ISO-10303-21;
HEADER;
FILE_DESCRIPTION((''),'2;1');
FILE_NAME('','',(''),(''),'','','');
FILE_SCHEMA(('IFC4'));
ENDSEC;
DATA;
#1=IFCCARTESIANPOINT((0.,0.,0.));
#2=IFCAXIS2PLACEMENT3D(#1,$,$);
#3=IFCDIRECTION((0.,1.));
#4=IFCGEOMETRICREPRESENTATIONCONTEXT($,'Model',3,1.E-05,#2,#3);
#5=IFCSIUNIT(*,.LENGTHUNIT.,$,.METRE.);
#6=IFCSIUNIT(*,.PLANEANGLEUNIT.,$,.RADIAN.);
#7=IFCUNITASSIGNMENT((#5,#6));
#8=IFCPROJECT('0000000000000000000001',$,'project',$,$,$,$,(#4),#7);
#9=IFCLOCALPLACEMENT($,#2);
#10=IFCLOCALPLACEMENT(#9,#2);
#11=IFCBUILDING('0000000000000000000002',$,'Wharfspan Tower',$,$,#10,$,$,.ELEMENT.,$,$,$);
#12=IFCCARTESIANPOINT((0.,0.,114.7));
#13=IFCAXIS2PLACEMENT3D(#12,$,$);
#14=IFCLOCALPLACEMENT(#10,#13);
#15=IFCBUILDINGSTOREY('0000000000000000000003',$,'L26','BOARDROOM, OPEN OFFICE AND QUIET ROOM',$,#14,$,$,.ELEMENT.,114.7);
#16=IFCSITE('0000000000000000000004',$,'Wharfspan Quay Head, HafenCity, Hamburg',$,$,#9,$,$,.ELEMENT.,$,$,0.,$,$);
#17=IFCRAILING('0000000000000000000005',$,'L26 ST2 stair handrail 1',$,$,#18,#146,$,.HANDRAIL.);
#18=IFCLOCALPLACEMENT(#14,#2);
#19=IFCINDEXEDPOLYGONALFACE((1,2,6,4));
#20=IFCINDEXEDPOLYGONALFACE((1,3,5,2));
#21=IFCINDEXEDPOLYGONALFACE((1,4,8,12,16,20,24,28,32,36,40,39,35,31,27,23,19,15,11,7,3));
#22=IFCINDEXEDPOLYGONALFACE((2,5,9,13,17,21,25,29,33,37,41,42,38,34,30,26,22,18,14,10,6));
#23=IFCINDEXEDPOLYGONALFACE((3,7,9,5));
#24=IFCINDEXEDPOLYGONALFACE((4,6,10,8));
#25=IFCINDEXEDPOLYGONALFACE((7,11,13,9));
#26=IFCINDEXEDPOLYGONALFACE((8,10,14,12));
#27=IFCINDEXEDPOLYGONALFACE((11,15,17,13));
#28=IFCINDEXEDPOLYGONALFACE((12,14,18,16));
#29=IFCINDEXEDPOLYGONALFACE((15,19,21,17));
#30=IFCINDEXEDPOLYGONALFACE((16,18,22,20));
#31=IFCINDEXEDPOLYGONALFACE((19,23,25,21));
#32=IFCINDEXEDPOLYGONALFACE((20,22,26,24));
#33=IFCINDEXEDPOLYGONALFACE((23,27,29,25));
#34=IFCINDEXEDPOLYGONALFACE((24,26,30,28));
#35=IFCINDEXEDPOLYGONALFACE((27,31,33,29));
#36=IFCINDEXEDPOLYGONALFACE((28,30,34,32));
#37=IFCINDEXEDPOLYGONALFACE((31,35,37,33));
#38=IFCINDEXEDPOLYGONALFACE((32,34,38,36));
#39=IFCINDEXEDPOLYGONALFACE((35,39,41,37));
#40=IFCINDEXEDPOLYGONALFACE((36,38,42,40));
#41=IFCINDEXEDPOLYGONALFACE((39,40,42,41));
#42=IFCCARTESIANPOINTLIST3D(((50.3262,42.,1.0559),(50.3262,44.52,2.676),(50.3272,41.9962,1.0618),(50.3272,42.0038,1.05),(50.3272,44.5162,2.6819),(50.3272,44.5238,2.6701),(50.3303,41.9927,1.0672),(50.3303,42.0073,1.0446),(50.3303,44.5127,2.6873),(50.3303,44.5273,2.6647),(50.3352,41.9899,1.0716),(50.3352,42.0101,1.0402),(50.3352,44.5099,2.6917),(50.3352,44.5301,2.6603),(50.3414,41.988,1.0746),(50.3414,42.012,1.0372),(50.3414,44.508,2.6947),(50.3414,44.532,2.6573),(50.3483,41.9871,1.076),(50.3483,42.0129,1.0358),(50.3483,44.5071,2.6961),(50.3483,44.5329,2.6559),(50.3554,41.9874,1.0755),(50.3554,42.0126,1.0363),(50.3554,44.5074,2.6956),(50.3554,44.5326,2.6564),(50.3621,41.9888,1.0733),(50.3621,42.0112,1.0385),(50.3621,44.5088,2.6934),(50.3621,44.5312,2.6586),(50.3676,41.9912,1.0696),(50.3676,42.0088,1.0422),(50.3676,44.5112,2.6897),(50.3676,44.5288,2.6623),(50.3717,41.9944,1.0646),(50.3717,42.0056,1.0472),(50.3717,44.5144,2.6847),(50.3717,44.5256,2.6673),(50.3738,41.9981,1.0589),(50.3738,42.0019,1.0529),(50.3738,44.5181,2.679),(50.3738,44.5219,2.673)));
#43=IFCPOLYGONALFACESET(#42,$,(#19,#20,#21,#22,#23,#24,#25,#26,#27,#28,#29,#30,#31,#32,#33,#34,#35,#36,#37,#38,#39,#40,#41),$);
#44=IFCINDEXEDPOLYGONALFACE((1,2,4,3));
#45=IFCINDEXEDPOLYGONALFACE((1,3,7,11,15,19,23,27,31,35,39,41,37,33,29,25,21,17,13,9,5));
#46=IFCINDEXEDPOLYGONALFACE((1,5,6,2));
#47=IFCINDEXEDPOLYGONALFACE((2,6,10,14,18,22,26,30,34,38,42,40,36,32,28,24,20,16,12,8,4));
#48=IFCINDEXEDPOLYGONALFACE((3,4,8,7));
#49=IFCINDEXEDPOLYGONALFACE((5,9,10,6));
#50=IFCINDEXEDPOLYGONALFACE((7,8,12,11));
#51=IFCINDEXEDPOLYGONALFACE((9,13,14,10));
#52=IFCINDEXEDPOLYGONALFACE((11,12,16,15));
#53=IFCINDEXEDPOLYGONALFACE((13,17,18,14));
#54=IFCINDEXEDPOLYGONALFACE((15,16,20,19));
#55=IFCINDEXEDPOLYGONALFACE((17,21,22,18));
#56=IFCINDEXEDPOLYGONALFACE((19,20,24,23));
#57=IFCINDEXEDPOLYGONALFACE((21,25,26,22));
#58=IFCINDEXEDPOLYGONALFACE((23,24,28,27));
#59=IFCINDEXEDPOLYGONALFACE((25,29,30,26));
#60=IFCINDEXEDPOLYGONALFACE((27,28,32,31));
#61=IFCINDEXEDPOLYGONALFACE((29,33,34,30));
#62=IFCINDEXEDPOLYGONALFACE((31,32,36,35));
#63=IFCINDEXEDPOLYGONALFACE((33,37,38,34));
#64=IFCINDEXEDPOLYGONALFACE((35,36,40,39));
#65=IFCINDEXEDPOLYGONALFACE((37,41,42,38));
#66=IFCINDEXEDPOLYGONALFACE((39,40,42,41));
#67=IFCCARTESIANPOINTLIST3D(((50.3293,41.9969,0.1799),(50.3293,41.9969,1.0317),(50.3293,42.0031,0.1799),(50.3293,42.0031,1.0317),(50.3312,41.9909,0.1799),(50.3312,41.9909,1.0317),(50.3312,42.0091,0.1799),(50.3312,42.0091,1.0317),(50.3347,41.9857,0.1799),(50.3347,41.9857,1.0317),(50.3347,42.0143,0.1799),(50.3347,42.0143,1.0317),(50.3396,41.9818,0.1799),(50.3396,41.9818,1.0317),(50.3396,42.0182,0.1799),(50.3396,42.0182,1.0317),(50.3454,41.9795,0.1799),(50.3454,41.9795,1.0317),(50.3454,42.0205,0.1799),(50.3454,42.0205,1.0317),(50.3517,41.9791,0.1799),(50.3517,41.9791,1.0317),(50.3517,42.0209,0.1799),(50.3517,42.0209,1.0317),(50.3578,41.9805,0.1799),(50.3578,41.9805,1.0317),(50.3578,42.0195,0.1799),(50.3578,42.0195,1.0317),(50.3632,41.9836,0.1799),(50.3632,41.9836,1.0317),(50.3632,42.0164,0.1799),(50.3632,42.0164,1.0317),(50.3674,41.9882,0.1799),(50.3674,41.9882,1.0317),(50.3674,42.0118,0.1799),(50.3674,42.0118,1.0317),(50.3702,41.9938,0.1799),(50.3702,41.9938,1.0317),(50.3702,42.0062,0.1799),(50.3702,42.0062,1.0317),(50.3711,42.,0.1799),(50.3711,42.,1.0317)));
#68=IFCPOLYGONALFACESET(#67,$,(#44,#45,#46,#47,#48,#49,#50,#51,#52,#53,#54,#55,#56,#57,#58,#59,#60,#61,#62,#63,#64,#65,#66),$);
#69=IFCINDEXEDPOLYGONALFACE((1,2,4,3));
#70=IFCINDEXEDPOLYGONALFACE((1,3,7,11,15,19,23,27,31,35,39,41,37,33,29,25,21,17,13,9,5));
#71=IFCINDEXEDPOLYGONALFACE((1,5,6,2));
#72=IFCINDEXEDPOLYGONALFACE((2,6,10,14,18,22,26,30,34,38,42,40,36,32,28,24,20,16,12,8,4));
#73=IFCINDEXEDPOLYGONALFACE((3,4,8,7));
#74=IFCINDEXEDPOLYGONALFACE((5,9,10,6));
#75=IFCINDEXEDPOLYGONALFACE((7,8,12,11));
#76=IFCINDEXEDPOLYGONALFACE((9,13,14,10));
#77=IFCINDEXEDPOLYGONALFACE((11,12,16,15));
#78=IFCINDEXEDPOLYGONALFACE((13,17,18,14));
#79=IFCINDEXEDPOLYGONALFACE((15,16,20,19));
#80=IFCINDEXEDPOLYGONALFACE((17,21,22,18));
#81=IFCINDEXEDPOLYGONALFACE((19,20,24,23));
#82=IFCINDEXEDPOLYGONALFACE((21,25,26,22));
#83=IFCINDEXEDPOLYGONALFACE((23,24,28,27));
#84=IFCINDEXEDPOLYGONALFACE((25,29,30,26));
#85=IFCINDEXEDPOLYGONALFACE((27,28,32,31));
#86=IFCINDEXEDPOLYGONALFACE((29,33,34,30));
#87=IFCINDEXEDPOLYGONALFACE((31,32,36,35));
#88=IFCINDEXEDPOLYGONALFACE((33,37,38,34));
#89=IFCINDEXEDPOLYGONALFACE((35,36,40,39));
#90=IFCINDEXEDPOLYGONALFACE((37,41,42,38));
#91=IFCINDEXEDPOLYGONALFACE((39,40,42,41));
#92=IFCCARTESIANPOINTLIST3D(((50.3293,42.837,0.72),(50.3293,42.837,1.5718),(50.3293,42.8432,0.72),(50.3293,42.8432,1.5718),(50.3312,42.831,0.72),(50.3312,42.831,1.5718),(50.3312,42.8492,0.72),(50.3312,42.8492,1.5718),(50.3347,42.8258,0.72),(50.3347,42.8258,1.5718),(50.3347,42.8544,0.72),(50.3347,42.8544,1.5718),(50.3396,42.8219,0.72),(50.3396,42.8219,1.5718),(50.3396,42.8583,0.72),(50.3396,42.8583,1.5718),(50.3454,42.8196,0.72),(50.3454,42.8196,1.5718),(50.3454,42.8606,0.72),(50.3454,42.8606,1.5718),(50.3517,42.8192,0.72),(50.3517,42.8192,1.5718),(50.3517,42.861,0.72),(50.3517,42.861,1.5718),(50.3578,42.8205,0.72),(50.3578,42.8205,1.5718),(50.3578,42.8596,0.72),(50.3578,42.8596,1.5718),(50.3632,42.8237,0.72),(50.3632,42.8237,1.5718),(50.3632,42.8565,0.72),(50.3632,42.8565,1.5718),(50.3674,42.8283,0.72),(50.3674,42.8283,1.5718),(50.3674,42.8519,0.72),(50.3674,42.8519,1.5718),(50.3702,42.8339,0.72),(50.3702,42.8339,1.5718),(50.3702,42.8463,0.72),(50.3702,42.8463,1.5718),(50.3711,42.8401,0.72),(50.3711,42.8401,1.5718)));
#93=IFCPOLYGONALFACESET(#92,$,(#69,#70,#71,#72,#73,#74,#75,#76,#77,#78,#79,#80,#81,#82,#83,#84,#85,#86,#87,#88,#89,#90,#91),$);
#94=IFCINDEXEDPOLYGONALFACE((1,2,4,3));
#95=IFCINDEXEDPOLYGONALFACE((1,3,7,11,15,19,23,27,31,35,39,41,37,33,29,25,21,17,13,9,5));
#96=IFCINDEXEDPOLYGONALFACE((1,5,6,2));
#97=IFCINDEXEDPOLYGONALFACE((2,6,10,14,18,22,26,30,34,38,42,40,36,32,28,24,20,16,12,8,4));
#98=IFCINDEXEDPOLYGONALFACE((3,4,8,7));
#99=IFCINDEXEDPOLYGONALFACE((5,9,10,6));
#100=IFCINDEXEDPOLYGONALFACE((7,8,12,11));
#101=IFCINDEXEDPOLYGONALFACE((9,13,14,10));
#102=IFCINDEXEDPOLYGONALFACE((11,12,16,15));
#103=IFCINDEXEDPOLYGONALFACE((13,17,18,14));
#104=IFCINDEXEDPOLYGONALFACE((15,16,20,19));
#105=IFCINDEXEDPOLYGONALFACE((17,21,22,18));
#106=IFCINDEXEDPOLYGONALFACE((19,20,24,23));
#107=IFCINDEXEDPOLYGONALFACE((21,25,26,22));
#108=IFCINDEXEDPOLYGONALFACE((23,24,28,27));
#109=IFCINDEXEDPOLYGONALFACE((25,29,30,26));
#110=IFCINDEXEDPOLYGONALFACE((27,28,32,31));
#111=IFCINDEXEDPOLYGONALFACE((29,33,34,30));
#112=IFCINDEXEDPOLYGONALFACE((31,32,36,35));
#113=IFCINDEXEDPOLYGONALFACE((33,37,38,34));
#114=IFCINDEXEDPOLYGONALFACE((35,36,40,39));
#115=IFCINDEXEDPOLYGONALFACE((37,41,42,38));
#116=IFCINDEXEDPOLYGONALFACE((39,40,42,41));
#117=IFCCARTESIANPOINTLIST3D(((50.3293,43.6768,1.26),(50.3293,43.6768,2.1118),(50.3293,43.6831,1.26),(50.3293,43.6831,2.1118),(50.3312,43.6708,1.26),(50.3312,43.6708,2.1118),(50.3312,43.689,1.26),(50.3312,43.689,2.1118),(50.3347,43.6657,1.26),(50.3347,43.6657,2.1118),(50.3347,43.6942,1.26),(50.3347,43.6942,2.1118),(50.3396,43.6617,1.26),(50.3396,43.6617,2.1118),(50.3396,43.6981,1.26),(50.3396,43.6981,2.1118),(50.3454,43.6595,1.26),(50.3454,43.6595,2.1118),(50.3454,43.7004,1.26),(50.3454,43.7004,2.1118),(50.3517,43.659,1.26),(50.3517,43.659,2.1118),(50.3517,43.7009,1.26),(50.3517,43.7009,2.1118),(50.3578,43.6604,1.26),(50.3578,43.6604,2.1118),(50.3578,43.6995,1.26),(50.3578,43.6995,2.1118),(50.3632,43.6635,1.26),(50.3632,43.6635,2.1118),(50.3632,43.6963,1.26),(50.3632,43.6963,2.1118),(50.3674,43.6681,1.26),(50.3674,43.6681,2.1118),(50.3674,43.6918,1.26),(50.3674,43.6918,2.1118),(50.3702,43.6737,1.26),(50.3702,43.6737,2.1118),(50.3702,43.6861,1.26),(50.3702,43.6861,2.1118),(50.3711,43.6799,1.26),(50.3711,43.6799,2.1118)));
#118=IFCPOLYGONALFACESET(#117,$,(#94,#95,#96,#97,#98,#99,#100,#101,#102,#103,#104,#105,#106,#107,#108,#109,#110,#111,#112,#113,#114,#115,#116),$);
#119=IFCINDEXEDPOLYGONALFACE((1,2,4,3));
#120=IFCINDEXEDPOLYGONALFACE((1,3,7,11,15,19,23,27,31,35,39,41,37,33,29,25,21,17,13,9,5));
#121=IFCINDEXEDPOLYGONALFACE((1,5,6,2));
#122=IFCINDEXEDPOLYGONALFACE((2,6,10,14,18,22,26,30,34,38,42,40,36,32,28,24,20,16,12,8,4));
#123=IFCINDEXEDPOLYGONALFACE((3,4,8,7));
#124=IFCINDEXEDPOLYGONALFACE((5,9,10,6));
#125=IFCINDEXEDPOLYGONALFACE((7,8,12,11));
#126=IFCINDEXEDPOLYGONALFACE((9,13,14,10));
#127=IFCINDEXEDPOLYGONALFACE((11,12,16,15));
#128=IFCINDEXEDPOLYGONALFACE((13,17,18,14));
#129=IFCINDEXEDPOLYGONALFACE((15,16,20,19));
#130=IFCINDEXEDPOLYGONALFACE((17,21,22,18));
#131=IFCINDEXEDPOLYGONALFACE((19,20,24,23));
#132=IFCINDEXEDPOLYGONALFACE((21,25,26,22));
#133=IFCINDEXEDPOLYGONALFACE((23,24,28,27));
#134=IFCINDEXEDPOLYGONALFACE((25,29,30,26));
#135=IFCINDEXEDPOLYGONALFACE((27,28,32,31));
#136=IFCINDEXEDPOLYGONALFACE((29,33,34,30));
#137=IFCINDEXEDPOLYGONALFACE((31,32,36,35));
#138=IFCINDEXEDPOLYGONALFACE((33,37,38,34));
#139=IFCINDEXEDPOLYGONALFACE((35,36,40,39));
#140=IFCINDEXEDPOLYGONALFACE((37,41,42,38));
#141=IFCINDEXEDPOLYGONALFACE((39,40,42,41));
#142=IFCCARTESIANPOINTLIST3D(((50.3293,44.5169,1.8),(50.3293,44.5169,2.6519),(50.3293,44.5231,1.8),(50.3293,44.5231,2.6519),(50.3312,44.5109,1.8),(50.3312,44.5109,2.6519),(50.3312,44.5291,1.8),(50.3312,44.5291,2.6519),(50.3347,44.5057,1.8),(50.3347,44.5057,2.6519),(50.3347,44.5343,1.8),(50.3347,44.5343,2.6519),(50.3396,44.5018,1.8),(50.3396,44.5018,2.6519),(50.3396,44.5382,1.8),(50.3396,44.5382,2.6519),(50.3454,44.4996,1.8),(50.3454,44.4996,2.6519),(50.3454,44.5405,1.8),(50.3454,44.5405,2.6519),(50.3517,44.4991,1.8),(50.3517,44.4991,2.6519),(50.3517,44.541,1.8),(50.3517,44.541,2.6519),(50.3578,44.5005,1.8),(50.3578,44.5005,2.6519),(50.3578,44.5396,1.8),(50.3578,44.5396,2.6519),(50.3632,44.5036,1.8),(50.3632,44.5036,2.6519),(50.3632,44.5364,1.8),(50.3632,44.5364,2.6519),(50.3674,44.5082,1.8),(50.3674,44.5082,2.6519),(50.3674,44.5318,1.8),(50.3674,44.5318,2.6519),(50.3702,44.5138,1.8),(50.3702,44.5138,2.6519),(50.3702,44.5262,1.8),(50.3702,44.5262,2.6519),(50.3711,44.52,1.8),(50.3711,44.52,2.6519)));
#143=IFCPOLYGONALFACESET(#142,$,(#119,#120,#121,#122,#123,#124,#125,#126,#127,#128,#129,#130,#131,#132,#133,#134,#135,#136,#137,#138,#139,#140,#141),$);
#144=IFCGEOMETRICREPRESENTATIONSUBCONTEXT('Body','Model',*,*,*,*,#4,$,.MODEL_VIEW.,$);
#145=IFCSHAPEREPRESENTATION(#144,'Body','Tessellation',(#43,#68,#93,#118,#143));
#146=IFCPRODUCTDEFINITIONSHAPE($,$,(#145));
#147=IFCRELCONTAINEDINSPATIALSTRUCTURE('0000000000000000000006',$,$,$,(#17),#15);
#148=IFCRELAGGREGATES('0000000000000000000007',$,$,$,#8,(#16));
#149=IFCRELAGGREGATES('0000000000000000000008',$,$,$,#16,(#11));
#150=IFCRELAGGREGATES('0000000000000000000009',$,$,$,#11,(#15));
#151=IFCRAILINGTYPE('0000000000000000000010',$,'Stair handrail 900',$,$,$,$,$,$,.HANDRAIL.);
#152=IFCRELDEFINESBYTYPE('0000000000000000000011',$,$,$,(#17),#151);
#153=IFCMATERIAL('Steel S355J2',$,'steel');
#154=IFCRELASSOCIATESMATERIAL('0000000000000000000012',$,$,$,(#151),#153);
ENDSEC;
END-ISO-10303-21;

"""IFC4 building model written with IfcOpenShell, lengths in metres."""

from ifc_helpers import new_model, si_unit, direction, frame, origin, origin_2d, place, context, subcontext, project, spatial, circle, extrude, material, type_object, element, save


model = new_model("IFC4")

# Units and contexts
model_context = context("Model", 3, precision=1e-05, world=origin(), true_north=direction((0.0, 1.0)))
body_context = subcontext(model_context, "Body", "Model", "MODEL_VIEW")
ifc_project = project(units=[si_unit("LENGTHUNIT", "METRE"), si_unit("PLANEANGLEUNIT", "RADIAN")], contexts=[model_context])

# Site, building, storey
site_placement = place(None, origin())
site = spatial("IfcSite", under=ifc_project, at=site_placement, Name="Wharfspan Quay Head, HafenCity, Hamburg", CompositionType="ELEMENT", RefElevation=0.0)
building_placement = place(site_placement, origin())
building = spatial("IfcBuilding", under=site, at=building_placement, Name="Wharfspan Tower", CompositionType="ELEMENT")
storey_placement = place(building_placement, frame((0.0, 0.0, 114.7)))
storey = spatial("IfcBuildingStorey", under=building, at=storey_placement, Name="L26", Description="BOARDROOM, OPEN OFFICE AND QUIET ROOM", CompositionType="ELEMENT", Elevation=114.7)

# Shared definitions
ifc_material_1 = material(Name="Steel S355J2", Category="steel")

# Railing
railing_type_1 = type_object("IfcRailingType", Name="Stair handrail 900", PredefinedType="HANDRAIL", material=ifc_material_1)
railing_1_placement = place(storey_placement, frame((50.3501, 42.0, 0.1799)))
element("IfcRailing", 1, at=railing_1_placement, inside=storey, type_object=railing_type_1, Name="L26 ST2 stair handrail 1", PredefinedType="HANDRAIL", context=body_context, shape_type="SweptSolid", body=[
    extrude(circle(Radius=0.0239, at=origin_2d()), frame((0.0, 0.0, 0.876), z_axis=(0.0, 0.841163, 0.540782), x_axis=(-1.0, 0.0, 0.0)), (0.0, 0.0, 1.0), 2.9958),
    extrude(circle(Radius=0.021, at=origin_2d()), origin(), (0.0, 0.0, 1.0), 0.8518),
    extrude(circle(Radius=0.021, at=origin_2d()), frame((0.0, 0.8401, 0.54)), (0.0, 0.0, 1.0), 0.8518),
    extrude(circle(Radius=0.021, at=origin_2d()), frame((0.0, 1.6799, 1.0801)), (0.0, 0.0, 1.0), 0.8518),
    extrude(circle(Radius=0.021, at=origin_2d()), frame((0.0, 2.52, 1.6201)), (0.0, 0.0, 1.0), 0.8518),
])

save(model, "model.ifc")
